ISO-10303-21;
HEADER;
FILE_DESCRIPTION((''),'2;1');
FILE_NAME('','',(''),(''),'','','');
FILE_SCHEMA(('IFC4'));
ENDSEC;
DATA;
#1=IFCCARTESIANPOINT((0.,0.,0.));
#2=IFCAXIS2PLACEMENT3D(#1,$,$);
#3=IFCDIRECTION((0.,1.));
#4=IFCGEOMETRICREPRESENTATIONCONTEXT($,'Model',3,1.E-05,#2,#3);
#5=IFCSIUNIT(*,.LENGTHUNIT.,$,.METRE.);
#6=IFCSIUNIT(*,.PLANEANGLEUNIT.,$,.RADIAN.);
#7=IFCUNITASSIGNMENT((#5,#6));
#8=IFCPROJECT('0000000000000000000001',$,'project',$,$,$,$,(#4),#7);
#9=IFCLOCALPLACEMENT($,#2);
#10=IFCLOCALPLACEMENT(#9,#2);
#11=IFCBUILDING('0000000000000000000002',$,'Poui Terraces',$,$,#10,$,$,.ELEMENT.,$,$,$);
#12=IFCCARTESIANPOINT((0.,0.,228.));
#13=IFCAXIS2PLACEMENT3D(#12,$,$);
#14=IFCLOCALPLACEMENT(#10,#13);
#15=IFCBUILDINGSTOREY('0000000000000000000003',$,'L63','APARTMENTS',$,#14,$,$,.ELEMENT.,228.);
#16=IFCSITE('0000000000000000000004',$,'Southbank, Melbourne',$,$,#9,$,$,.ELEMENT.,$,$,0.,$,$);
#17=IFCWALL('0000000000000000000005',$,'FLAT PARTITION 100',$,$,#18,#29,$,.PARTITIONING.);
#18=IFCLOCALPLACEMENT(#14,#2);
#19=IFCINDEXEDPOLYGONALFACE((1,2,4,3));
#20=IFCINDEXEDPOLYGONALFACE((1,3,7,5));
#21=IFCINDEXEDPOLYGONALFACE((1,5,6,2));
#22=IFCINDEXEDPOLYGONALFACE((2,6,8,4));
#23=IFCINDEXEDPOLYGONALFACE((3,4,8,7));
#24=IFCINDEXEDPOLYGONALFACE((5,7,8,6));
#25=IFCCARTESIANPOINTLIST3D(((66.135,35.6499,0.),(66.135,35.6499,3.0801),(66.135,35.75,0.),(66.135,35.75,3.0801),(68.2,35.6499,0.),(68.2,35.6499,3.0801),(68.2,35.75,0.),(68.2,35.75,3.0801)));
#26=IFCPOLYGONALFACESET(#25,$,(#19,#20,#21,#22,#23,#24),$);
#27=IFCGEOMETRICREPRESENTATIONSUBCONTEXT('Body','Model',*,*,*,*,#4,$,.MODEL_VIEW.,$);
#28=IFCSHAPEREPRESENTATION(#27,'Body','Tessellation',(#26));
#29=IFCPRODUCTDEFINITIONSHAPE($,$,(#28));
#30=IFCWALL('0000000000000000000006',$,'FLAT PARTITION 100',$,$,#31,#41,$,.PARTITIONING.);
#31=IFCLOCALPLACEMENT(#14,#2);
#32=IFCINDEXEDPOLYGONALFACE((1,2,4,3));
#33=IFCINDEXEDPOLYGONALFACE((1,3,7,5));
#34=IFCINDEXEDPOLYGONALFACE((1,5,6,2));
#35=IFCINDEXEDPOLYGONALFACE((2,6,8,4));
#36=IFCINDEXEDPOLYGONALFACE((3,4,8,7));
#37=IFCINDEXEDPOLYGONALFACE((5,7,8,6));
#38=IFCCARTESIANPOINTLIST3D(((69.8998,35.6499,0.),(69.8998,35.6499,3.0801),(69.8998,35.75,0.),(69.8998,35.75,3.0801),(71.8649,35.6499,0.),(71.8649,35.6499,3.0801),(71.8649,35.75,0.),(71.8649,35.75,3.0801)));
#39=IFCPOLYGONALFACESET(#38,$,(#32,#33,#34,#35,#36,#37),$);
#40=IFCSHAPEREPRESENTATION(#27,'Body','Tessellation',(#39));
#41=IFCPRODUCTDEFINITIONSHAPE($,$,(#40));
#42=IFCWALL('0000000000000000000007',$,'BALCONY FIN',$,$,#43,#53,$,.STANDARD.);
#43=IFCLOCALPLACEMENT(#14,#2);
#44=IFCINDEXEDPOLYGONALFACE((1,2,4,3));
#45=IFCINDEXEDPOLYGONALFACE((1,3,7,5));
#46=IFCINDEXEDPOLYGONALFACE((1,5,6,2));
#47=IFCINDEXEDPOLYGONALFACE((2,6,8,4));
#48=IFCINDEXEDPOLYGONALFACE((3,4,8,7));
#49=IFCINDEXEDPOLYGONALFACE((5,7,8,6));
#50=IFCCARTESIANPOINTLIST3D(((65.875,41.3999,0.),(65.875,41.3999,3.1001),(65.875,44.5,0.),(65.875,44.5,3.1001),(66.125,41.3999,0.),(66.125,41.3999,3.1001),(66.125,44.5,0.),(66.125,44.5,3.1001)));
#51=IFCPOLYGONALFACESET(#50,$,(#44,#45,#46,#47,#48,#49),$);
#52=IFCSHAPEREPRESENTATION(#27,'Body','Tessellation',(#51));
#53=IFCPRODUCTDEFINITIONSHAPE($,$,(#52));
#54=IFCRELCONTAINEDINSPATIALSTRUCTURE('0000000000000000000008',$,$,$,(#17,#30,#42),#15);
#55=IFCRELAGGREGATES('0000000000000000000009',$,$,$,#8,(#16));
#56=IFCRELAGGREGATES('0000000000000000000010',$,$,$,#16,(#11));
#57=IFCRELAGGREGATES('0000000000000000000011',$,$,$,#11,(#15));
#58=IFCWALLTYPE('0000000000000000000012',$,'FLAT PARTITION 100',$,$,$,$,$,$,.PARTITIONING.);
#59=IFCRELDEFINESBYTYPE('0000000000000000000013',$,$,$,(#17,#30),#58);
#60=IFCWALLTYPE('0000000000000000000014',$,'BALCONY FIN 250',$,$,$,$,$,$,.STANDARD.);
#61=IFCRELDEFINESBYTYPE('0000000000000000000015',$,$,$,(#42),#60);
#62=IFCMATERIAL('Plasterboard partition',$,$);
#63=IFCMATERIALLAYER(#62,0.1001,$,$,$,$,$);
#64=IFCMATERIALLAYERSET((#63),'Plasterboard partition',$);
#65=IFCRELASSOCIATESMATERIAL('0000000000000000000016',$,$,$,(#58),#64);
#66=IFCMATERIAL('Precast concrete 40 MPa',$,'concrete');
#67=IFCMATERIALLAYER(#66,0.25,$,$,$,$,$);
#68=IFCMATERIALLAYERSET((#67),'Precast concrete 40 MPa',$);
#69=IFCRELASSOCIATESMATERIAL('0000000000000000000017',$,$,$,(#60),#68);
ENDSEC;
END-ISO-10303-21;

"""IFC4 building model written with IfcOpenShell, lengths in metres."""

from ifc_helpers import new_model, si_unit, direction, frame, frame_2d, origin, place, context, subcontext, project, spatial, polyline, rectangle, outline, extrude, source, transform, mapped, material, layer, layer_set, type_object, element, save


model = new_model("IFC4")

# Units and contexts
model_context = context("Model", 3, precision=1e-05, world=origin(), true_north=direction((0.0, 1.0)))
body_context = subcontext(model_context, "Body", "Model", "MODEL_VIEW")
ifc_project = project(units=[si_unit("LENGTHUNIT", "METRE"), si_unit("PLANEANGLEUNIT", "RADIAN")], contexts=[model_context])

# Site, building, storey
site_placement = place(None, origin())
site = spatial("IfcSite", under=ifc_project, at=site_placement, Name="Southbank, Melbourne", CompositionType="ELEMENT", RefElevation=0.0)
building_placement = place(site_placement, origin())
building = spatial("IfcBuilding", under=site, at=building_placement, Name="Poui Terraces", CompositionType="ELEMENT")
storey_placement = place(building_placement, frame((0.0, 0.0, 228.0)))
storey = spatial("IfcBuildingStorey", under=building, at=storey_placement, Name="L63", Description="APARTMENTS", CompositionType="ELEMENT", Elevation=228.0)

# Walls
ifc_material_1 = material(Name="Plasterboard partition")
ifc_layer_1 = layer(ifc_material_1, 0.1001)
ifc_layer_set_1 = layer_set([ifc_layer_1], Name="Plasterboard partition")
wall_type_1 = type_object("IfcWallType", Name="FLAT PARTITION 100", PredefinedType="PARTITIONING", material=ifc_layer_set_1)
wall_1_placement = place(storey_placement, frame((66.135, 35.7, 0.0), z_axis=(0.0, 0.0, 1.0), x_axis=(1.0, 0.0, 0.0)))
element("IfcWall", 1, at=wall_1_placement, inside=storey, type_object=wall_type_1, Name="FLAT PARTITION 100", PredefinedType="PARTITIONING", context=body_context, shape_type="SweptSolid", body=[
    extrude(rectangle(XDim=2.0649, YDim=0.1001, at=frame_2d((1.0325, 0.0))), origin(), (0.0, 0.0, 1.0), 3.0801),
])
wall_2_placement = place(storey_placement, frame((69.8999, 35.7, 0.0), z_axis=(0.0, 0.0, 1.0), x_axis=(1.0, 0.0, 0.0)))
element("IfcWall", 2, at=wall_2_placement, inside=storey, type_object=wall_type_1, Name="FLAT PARTITION 100", PredefinedType="PARTITIONING", context=body_context, shape_type="SweptSolid", body=[
    extrude(rectangle(XDim=1.9651, YDim=0.1001, at=frame_2d((0.9824, 0.0))), origin(), (0.0, 0.0, 1.0), 3.0801),
])
ifc_material_2 = material(Name="Precast concrete 40 MPa", Category="concrete")
ifc_layer_2 = layer(ifc_material_2, 0.25)
ifc_layer_set_2 = layer_set([ifc_layer_2], Name="Precast concrete 40 MPa")
wall_type_2 = type_object("IfcWallType", Name="BALCONY FIN 250", PredefinedType="STANDARD", material=ifc_layer_set_2)
shared_shape_1 = source(origin(), body_context, "Body", "SweptSolid", [
    extrude(outline(polyline([(0.0, 0.0), (0.25, 0.0), (0.25, 3.1001), (0.0, 3.1001), (0.0, 0.0)])), origin(), (0.0, 0.0, 1.0), 3.1001),
])
wall_3_placement = place(storey_placement, frame((65.875, 41.3999, 0.0)))
element("IfcWall", 3, at=wall_3_placement, inside=storey, type_object=wall_type_2, Name="BALCONY FIN", PredefinedType="STANDARD", context=body_context, shape_type="MappedRepresentation", body=[
    mapped(shared_shape_1, transform((0.0, 0.0, 0.0))),
])

save(model, "model.ifc")
